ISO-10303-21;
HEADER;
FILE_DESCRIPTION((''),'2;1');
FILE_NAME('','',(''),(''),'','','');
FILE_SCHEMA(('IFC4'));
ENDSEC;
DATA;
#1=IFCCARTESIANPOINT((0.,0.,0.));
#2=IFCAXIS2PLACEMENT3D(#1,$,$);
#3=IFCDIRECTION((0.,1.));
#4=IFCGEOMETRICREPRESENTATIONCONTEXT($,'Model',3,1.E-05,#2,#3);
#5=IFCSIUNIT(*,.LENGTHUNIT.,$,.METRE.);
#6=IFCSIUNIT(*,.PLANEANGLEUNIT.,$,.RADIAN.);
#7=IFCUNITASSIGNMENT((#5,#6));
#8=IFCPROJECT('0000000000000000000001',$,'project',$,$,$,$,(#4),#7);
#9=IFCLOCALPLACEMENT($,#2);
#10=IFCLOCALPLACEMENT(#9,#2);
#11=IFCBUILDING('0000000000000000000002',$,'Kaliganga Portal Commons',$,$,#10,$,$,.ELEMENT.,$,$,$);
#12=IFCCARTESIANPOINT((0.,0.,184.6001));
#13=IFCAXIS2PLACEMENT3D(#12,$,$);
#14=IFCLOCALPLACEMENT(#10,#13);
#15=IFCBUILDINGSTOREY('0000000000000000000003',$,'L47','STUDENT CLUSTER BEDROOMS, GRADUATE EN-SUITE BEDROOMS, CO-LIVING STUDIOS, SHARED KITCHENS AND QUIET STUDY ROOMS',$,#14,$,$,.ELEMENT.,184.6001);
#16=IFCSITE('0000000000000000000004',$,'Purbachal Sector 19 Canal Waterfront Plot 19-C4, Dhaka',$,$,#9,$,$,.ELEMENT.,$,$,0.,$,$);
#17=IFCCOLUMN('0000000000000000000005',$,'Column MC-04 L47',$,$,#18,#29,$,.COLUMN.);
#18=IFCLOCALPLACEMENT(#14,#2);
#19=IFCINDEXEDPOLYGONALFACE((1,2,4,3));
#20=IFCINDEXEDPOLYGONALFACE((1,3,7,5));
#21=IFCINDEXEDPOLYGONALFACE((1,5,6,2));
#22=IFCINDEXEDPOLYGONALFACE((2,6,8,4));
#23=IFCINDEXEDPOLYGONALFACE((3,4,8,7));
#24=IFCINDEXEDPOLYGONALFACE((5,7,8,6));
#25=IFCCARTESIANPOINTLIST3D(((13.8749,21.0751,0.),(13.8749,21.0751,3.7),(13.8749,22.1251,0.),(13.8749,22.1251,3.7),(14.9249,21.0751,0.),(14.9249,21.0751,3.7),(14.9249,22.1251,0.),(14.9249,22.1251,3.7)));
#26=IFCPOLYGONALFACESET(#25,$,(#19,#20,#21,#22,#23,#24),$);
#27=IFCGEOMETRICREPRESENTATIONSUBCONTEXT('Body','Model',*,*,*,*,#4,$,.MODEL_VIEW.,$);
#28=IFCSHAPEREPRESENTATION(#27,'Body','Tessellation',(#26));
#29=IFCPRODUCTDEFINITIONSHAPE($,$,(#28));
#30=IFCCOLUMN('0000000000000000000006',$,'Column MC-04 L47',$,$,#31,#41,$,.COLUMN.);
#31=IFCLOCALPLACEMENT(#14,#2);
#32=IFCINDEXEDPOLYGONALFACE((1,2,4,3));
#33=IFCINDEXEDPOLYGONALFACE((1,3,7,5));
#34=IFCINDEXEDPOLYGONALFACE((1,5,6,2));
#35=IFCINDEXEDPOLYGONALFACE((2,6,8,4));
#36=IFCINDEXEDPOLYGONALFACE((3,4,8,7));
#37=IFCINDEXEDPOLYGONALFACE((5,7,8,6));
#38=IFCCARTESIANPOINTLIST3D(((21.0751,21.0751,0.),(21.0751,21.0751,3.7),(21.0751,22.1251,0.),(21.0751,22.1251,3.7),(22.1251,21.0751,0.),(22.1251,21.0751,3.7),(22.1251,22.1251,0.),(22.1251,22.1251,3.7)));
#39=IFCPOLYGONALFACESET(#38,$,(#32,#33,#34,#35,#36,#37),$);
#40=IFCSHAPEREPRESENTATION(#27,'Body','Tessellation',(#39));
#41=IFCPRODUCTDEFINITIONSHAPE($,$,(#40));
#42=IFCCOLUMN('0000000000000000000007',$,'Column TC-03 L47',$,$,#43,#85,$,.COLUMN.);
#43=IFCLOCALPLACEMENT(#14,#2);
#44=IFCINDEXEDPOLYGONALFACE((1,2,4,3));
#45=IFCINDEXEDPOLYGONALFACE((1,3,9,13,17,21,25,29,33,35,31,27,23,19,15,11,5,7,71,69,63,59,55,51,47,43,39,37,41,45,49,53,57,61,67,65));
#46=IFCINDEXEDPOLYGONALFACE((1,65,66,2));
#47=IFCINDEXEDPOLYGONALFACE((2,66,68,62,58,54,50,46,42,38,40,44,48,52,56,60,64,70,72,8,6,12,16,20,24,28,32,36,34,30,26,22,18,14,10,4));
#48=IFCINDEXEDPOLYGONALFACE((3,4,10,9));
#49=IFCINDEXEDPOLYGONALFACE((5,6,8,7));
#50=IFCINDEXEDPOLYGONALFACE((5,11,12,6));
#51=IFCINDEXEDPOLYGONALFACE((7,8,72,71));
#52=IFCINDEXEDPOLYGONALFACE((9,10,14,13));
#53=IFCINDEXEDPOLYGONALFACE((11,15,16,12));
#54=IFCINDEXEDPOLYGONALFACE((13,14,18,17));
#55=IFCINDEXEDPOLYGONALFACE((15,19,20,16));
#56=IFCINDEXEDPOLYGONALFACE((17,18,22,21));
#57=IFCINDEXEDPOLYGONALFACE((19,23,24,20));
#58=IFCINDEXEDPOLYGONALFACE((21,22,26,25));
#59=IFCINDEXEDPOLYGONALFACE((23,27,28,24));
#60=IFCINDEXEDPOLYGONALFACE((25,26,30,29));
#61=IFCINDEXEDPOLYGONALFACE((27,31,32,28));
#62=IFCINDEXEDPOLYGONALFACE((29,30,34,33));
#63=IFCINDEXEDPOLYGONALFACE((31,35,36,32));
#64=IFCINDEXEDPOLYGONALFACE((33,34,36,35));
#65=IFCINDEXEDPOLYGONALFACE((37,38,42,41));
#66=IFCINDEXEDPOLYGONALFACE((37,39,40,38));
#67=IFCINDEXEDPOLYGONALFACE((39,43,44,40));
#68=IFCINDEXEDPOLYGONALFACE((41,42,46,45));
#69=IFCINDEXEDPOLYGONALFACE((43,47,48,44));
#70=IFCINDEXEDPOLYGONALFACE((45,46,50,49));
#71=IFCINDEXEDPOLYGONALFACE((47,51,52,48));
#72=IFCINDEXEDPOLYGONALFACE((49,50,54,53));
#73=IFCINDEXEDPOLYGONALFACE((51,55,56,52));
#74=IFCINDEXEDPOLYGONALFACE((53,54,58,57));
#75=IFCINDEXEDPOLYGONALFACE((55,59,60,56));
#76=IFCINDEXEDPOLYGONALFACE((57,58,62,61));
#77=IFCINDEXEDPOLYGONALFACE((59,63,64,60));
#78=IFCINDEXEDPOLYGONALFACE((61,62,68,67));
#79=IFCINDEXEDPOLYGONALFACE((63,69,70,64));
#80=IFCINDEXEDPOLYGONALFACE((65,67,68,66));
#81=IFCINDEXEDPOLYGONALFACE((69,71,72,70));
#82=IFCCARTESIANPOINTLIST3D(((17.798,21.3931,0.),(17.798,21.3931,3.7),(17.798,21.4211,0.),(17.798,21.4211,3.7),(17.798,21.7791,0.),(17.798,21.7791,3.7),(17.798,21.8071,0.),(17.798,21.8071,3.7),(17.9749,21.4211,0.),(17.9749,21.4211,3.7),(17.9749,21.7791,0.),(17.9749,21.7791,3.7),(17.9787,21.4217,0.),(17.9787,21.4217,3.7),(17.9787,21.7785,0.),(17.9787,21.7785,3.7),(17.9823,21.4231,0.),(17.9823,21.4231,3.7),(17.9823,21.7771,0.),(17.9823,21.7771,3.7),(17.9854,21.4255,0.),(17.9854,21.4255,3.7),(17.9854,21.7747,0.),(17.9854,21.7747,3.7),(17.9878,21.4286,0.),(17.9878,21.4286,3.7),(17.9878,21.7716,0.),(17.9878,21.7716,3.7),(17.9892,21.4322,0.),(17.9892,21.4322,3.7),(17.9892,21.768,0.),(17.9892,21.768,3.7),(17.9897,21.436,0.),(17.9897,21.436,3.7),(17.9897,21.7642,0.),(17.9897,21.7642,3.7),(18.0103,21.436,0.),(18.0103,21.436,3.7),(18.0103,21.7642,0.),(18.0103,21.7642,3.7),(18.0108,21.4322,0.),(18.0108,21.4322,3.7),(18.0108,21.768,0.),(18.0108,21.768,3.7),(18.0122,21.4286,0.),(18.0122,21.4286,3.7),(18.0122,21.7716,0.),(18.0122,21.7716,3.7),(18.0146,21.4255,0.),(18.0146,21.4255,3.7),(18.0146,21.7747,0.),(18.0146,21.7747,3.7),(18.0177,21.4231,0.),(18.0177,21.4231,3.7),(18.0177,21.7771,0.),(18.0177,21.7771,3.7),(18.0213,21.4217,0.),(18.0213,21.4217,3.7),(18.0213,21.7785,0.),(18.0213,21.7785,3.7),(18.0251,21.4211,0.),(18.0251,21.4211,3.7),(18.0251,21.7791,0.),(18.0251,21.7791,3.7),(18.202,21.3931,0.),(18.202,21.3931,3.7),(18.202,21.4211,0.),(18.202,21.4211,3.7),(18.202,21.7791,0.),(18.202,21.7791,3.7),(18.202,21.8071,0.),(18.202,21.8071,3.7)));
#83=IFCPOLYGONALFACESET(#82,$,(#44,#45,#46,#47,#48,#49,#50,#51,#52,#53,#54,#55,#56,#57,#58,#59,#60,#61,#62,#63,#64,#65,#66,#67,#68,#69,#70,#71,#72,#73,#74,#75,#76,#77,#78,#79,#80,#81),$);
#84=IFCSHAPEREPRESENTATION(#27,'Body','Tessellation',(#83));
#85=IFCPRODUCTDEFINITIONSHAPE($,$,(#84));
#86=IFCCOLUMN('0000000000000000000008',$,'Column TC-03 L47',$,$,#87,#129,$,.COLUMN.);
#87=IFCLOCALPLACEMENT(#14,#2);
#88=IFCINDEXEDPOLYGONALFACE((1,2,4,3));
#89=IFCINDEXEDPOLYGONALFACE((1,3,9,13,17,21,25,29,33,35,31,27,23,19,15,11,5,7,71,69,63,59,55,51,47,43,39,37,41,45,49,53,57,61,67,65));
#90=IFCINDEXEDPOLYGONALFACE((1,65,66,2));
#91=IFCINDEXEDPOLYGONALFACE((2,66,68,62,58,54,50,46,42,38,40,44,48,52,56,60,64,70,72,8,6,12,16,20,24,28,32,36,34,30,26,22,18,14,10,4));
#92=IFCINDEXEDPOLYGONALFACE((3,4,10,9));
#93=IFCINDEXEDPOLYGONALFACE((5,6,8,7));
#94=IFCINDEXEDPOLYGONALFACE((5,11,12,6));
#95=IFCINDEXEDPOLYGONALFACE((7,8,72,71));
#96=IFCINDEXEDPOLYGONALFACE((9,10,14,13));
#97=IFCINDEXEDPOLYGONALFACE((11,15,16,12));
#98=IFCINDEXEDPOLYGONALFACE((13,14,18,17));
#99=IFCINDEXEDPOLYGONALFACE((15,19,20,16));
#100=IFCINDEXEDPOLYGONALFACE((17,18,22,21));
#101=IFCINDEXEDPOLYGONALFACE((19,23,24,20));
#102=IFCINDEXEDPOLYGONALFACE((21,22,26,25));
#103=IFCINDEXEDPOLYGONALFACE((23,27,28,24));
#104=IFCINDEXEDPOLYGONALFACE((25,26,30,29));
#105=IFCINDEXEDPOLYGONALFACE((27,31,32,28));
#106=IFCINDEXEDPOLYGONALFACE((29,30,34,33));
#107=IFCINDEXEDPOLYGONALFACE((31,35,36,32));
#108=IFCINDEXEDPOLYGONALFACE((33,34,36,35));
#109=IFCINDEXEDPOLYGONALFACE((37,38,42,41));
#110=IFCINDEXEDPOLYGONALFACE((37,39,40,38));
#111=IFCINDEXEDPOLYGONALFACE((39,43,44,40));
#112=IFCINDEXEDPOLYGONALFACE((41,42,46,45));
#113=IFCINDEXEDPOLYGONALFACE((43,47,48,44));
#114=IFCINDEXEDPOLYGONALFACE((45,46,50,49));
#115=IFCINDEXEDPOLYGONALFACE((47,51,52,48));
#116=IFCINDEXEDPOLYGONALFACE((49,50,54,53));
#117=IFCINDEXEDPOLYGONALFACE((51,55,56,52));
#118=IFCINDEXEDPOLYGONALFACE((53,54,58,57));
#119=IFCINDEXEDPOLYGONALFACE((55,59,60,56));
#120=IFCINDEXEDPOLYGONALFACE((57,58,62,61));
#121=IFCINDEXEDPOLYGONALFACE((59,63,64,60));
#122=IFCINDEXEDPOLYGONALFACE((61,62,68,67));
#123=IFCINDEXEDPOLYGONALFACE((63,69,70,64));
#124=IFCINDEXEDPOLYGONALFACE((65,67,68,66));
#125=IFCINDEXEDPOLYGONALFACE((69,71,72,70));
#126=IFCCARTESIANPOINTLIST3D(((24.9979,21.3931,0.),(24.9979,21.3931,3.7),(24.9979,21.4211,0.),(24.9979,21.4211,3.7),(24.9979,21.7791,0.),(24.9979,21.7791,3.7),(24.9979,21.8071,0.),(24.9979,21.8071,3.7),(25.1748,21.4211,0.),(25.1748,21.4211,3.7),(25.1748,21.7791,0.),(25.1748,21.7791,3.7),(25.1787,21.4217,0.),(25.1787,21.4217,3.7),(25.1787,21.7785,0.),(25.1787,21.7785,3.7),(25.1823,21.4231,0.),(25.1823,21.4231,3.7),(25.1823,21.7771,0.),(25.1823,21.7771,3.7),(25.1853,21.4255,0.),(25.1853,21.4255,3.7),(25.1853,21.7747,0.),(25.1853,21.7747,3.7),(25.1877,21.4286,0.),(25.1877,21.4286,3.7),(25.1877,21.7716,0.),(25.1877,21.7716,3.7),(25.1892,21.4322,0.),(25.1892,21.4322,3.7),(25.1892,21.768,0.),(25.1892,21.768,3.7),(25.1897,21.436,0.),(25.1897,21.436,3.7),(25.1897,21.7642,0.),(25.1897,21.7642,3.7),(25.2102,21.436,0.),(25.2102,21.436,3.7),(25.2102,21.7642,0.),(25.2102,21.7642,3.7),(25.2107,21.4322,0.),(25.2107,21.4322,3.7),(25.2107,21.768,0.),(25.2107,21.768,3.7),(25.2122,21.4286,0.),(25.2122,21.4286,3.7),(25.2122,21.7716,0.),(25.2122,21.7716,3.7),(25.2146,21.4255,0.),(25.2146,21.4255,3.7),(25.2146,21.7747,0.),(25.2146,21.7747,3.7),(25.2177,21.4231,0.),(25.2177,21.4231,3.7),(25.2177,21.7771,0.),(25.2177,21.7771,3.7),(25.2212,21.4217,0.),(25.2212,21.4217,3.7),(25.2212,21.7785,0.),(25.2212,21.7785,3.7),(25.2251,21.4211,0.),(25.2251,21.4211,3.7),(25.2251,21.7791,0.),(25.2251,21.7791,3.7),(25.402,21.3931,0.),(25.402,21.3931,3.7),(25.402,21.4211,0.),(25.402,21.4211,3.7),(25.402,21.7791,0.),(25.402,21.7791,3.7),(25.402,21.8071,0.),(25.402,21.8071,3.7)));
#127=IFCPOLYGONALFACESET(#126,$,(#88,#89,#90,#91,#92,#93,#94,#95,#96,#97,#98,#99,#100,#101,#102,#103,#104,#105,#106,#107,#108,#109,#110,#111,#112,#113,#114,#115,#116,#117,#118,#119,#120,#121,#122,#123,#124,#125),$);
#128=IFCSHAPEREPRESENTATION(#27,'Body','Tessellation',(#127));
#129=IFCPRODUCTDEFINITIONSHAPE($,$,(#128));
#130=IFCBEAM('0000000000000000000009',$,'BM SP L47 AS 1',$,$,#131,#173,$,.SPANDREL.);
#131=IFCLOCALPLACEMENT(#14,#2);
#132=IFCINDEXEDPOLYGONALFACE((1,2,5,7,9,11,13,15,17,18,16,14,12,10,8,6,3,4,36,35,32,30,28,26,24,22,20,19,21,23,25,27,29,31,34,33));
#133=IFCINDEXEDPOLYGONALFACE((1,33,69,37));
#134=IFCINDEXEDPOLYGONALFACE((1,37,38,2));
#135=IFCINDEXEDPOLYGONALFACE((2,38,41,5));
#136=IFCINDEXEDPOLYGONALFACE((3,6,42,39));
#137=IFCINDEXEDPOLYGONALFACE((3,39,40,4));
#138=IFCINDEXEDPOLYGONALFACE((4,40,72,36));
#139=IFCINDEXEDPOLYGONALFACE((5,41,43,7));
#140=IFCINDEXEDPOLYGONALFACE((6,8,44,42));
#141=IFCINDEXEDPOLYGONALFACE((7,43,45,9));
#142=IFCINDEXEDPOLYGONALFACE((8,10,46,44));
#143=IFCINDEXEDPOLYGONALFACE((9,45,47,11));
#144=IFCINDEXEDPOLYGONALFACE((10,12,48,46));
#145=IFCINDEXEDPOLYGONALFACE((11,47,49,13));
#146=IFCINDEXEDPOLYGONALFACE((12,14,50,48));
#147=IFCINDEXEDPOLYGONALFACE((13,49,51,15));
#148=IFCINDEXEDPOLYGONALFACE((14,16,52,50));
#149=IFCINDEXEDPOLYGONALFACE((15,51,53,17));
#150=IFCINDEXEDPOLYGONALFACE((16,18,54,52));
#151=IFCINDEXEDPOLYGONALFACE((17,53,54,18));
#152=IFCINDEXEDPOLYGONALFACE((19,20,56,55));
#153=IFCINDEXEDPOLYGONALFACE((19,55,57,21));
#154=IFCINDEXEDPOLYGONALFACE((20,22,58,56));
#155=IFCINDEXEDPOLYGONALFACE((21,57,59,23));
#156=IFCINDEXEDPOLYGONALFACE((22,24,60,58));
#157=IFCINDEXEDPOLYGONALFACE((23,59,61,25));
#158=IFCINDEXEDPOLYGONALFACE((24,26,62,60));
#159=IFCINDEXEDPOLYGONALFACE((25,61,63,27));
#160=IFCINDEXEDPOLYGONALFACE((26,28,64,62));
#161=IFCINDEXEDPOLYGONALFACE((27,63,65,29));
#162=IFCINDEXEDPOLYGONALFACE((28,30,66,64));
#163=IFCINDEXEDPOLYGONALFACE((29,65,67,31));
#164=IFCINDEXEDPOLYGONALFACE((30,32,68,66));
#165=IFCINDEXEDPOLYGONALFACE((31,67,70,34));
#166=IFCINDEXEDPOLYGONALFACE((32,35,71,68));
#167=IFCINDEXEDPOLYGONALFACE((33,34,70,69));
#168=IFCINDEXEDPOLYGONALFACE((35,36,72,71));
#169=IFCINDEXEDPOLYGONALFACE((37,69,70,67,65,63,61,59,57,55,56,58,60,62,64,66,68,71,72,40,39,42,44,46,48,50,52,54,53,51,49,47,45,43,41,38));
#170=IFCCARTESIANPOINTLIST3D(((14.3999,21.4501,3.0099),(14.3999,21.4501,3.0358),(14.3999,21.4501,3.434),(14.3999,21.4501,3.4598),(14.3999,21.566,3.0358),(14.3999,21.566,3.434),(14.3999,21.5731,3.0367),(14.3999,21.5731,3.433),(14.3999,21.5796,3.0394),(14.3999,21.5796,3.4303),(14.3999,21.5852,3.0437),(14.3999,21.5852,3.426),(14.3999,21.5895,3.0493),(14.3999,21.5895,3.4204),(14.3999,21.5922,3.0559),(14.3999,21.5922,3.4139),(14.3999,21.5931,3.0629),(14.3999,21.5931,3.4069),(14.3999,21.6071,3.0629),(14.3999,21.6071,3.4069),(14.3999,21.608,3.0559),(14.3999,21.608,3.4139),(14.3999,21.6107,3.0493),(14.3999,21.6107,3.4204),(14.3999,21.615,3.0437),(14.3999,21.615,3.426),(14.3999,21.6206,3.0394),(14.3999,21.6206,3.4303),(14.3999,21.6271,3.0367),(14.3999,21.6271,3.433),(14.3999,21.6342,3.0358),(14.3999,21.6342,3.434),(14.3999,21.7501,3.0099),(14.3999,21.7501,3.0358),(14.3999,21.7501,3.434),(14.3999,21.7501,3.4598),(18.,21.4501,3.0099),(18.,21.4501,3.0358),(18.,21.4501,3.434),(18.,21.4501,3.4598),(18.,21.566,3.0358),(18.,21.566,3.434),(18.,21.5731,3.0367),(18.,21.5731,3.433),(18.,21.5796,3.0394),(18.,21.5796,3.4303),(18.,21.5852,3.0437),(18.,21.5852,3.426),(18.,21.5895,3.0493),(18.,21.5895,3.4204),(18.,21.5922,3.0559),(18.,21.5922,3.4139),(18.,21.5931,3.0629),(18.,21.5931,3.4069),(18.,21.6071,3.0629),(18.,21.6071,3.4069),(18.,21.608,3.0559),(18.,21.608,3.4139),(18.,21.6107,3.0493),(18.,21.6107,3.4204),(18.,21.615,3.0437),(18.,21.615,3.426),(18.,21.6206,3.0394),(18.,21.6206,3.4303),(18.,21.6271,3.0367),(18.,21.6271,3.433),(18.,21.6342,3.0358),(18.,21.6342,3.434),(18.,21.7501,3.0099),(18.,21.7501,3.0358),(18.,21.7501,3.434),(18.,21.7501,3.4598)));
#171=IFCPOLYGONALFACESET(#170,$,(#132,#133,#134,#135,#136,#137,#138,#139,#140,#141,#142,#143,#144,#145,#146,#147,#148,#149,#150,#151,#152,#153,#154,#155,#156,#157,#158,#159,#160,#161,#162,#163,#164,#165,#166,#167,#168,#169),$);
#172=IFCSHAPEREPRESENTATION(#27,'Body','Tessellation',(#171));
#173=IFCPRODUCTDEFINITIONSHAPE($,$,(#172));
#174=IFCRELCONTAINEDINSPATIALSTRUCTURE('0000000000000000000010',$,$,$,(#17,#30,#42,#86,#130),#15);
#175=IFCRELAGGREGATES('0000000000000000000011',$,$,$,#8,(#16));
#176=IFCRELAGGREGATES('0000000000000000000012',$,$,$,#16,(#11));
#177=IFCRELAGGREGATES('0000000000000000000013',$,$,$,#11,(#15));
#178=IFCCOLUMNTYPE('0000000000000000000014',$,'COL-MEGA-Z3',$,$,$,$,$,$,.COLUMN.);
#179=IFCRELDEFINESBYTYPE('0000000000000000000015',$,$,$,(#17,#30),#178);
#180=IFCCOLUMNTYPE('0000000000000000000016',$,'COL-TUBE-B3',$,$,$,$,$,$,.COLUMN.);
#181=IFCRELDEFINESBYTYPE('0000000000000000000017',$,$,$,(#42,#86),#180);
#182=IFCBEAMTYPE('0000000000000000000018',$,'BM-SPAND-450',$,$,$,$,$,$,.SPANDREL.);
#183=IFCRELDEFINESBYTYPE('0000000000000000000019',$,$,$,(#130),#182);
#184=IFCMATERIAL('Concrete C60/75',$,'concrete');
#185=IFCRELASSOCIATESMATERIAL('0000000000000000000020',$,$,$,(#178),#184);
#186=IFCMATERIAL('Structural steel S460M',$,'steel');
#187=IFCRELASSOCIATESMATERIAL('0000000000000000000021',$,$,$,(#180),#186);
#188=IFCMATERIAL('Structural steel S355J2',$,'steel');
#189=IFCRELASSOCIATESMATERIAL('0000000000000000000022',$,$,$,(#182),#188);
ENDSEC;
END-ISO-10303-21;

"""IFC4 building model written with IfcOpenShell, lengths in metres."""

from ifc_helpers import new_model, si_unit, direction, frame, origin, origin_2d, place, context, subcontext, project, spatial, rectangle, i_section, extrude, source, transform, mapped, material, material_profile, profile_set, type_object, element, save


model = new_model("IFC4")

# Units and contexts
model_context = context("Model", 3, precision=1e-05, world=origin(), true_north=direction((0.0, 1.0)))
body_context = subcontext(model_context, "Body", "Model", "MODEL_VIEW")
ifc_project = project(units=[si_unit("LENGTHUNIT", "METRE"), si_unit("PLANEANGLEUNIT", "RADIAN")], contexts=[model_context])

# Site, building, storey
site_placement = place(None, origin())
site = spatial("IfcSite", under=ifc_project, at=site_placement, Name="Purbachal Sector 19 Canal Waterfront Plot 19-C4, Dhaka", CompositionType="ELEMENT", RefElevation=0.0)
building_placement = place(site_placement, origin())
building = spatial("IfcBuilding", under=site, at=building_placement, Name="Kaliganga Portal Commons", CompositionType="ELEMENT")
storey_placement = place(building_placement, frame((0.0, 0.0, 184.6001)))
storey = spatial("IfcBuildingStorey", under=building, at=storey_placement, Name="L47", Description="STUDENT CLUSTER BEDROOMS, GRADUATE EN-SUITE BEDROOMS, CO-LIVING STUDIOS, SHARED KITCHENS AND QUIET STUDY ROOMS", CompositionType="ELEMENT", Elevation=184.6001)

# Columns
ifc_material_1 = material(Name="Concrete C60/75", Category="concrete")
ifc_material_profile_1 = material_profile(ifc_material_1, rectangle(XDim=1.05, YDim=1.05, at=origin_2d()), Name="RC 1050x1050")
ifc_profile_set_1 = profile_set([ifc_material_profile_1], Name="Concrete C60/75")
column_type_1 = type_object("IfcColumnType", Name="COL-MEGA-Z3", PredefinedType="COLUMN", material=ifc_profile_set_1)
shared_shape_1 = source(origin(), body_context, "Body", "SweptSolid", [
    extrude(rectangle(XDim=1.05, YDim=1.05, at=origin_2d()), origin(), (0.0, 0.0, 1.0), 3.7),
])
for number, where, z_axis, x_axis, name in (
    (1, (14.3999, 21.6001, 0.0), (0.0, 0.0, 1.0), (1.0, 0.0, 0.0), "Column MC-04 L47"),
    (2, (21.6001, 21.6001, 0.0), (0.0, 0.0, 1.0), (1.0, 0.0, 0.0), "Column MC-04 L47"),
):
    element("IfcColumn", number, at=place(storey_placement, frame(where, z_axis=z_axis, x_axis=x_axis)), inside=storey, type_object=column_type_1, Name=name, PredefinedType="COLUMN", context=body_context, shape_type="MappedRepresentation", body=[
        mapped(shared_shape_1, transform((0.0, 0.0, 0.0), x_axis=(1.0, 0.0, 0.0), y_axis=(0.0, 1.0, 0.0), z_axis=(0.0, 0.0, 1.0), scale=1.0)),
    ])
ifc_material_2 = material(Name="Structural steel S460M", Category="steel")
ifc_material_profile_2 = material_profile(ifc_material_2, i_section(OverallWidth=0.4041, OverallDepth=0.4141, WebThickness=0.0205, FlangeThickness=0.0281, FilletRadius=0.0149, at=origin_2d()), Name="HD 400x347")
ifc_profile_set_2 = profile_set([ifc_material_profile_2], Name="Structural steel S460M wide-flange")
column_type_2 = type_object("IfcColumnType", Name="COL-TUBE-B3", PredefinedType="COLUMN", material=ifc_profile_set_2)
shared_shape_2 = source(origin(), body_context, "Body", "SweptSolid", [
    extrude(i_section(OverallWidth=0.4041, OverallDepth=0.4141, WebThickness=0.0205, FlangeThickness=0.0281, FilletRadius=0.0149, at=origin_2d()), origin(), (0.0, 0.0, 1.0), 3.7),
])
for number, where, z_axis, x_axis, name in (
    (3, (18.0, 21.6001, 0.0), (0.0, 0.0, 1.0), (1.0, 0.0, 0.0), "Column TC-03 L47"),
    (4, (25.2, 21.6001, 0.0), (0.0, 0.0, 1.0), (1.0, 0.0, 0.0), "Column TC-03 L47"),
):
    element("IfcColumn", number, at=place(storey_placement, frame(where, z_axis=z_axis, x_axis=x_axis)), inside=storey, type_object=column_type_2, Name=name, PredefinedType="COLUMN", context=body_context, shape_type="MappedRepresentation", body=[
        mapped(shared_shape_2, transform((0.0, 0.0, 0.0), x_axis=(1.0, 0.0, 0.0), y_axis=(0.0, 1.0, 0.0), z_axis=(0.0, 0.0, 1.0), scale=1.0)),
    ])

# Beam
ifc_material_3 = material(Name="Structural steel S355J2", Category="steel")
ifc_material_profile_3 = material_profile(ifc_material_3, i_section(OverallWidth=0.3, OverallDepth=0.45, WebThickness=0.0139, FlangeThickness=0.0259, FilletRadius=0.0271, at=origin_2d()), Name="HE 450 B")
ifc_profile_set_3 = profile_set([ifc_material_profile_3], Name="Structural steel S355J2 wide-flange")
beam_type_1 = type_object("IfcBeamType", Name="BM-SPAND-450", PredefinedType="SPANDREL", material=ifc_profile_set_3)
shared_shape_3 = source(origin(), body_context, "Body", "SweptSolid", [
    extrude(i_section(OverallWidth=0.3, OverallDepth=0.45, WebThickness=0.0139, FlangeThickness=0.0259, FilletRadius=0.0271, at=origin_2d()), origin(), (0.0, 0.0, 1.0), 3.6001),
])
for number, where, z_axis, x_axis, name in (
    (5, (14.3999, 21.6001, 3.2349), (1.0, 0.0, 0.0), (0.0, 1.0, 0.0), "BM SP L47 AS 1"),
):
    element("IfcBeam", number, at=place(storey_placement, frame(where, z_axis=z_axis, x_axis=x_axis)), inside=storey, type_object=beam_type_1, Name=name, PredefinedType="SPANDREL", context=body_context, shape_type="MappedRepresentation", body=[
        mapped(shared_shape_3, transform((0.0, 0.0, 0.0), x_axis=(1.0, 0.0, 0.0), y_axis=(0.0, 1.0, 0.0), z_axis=(0.0, 0.0, 1.0), scale=1.0)),
    ])

save(model, "model.ifc")
